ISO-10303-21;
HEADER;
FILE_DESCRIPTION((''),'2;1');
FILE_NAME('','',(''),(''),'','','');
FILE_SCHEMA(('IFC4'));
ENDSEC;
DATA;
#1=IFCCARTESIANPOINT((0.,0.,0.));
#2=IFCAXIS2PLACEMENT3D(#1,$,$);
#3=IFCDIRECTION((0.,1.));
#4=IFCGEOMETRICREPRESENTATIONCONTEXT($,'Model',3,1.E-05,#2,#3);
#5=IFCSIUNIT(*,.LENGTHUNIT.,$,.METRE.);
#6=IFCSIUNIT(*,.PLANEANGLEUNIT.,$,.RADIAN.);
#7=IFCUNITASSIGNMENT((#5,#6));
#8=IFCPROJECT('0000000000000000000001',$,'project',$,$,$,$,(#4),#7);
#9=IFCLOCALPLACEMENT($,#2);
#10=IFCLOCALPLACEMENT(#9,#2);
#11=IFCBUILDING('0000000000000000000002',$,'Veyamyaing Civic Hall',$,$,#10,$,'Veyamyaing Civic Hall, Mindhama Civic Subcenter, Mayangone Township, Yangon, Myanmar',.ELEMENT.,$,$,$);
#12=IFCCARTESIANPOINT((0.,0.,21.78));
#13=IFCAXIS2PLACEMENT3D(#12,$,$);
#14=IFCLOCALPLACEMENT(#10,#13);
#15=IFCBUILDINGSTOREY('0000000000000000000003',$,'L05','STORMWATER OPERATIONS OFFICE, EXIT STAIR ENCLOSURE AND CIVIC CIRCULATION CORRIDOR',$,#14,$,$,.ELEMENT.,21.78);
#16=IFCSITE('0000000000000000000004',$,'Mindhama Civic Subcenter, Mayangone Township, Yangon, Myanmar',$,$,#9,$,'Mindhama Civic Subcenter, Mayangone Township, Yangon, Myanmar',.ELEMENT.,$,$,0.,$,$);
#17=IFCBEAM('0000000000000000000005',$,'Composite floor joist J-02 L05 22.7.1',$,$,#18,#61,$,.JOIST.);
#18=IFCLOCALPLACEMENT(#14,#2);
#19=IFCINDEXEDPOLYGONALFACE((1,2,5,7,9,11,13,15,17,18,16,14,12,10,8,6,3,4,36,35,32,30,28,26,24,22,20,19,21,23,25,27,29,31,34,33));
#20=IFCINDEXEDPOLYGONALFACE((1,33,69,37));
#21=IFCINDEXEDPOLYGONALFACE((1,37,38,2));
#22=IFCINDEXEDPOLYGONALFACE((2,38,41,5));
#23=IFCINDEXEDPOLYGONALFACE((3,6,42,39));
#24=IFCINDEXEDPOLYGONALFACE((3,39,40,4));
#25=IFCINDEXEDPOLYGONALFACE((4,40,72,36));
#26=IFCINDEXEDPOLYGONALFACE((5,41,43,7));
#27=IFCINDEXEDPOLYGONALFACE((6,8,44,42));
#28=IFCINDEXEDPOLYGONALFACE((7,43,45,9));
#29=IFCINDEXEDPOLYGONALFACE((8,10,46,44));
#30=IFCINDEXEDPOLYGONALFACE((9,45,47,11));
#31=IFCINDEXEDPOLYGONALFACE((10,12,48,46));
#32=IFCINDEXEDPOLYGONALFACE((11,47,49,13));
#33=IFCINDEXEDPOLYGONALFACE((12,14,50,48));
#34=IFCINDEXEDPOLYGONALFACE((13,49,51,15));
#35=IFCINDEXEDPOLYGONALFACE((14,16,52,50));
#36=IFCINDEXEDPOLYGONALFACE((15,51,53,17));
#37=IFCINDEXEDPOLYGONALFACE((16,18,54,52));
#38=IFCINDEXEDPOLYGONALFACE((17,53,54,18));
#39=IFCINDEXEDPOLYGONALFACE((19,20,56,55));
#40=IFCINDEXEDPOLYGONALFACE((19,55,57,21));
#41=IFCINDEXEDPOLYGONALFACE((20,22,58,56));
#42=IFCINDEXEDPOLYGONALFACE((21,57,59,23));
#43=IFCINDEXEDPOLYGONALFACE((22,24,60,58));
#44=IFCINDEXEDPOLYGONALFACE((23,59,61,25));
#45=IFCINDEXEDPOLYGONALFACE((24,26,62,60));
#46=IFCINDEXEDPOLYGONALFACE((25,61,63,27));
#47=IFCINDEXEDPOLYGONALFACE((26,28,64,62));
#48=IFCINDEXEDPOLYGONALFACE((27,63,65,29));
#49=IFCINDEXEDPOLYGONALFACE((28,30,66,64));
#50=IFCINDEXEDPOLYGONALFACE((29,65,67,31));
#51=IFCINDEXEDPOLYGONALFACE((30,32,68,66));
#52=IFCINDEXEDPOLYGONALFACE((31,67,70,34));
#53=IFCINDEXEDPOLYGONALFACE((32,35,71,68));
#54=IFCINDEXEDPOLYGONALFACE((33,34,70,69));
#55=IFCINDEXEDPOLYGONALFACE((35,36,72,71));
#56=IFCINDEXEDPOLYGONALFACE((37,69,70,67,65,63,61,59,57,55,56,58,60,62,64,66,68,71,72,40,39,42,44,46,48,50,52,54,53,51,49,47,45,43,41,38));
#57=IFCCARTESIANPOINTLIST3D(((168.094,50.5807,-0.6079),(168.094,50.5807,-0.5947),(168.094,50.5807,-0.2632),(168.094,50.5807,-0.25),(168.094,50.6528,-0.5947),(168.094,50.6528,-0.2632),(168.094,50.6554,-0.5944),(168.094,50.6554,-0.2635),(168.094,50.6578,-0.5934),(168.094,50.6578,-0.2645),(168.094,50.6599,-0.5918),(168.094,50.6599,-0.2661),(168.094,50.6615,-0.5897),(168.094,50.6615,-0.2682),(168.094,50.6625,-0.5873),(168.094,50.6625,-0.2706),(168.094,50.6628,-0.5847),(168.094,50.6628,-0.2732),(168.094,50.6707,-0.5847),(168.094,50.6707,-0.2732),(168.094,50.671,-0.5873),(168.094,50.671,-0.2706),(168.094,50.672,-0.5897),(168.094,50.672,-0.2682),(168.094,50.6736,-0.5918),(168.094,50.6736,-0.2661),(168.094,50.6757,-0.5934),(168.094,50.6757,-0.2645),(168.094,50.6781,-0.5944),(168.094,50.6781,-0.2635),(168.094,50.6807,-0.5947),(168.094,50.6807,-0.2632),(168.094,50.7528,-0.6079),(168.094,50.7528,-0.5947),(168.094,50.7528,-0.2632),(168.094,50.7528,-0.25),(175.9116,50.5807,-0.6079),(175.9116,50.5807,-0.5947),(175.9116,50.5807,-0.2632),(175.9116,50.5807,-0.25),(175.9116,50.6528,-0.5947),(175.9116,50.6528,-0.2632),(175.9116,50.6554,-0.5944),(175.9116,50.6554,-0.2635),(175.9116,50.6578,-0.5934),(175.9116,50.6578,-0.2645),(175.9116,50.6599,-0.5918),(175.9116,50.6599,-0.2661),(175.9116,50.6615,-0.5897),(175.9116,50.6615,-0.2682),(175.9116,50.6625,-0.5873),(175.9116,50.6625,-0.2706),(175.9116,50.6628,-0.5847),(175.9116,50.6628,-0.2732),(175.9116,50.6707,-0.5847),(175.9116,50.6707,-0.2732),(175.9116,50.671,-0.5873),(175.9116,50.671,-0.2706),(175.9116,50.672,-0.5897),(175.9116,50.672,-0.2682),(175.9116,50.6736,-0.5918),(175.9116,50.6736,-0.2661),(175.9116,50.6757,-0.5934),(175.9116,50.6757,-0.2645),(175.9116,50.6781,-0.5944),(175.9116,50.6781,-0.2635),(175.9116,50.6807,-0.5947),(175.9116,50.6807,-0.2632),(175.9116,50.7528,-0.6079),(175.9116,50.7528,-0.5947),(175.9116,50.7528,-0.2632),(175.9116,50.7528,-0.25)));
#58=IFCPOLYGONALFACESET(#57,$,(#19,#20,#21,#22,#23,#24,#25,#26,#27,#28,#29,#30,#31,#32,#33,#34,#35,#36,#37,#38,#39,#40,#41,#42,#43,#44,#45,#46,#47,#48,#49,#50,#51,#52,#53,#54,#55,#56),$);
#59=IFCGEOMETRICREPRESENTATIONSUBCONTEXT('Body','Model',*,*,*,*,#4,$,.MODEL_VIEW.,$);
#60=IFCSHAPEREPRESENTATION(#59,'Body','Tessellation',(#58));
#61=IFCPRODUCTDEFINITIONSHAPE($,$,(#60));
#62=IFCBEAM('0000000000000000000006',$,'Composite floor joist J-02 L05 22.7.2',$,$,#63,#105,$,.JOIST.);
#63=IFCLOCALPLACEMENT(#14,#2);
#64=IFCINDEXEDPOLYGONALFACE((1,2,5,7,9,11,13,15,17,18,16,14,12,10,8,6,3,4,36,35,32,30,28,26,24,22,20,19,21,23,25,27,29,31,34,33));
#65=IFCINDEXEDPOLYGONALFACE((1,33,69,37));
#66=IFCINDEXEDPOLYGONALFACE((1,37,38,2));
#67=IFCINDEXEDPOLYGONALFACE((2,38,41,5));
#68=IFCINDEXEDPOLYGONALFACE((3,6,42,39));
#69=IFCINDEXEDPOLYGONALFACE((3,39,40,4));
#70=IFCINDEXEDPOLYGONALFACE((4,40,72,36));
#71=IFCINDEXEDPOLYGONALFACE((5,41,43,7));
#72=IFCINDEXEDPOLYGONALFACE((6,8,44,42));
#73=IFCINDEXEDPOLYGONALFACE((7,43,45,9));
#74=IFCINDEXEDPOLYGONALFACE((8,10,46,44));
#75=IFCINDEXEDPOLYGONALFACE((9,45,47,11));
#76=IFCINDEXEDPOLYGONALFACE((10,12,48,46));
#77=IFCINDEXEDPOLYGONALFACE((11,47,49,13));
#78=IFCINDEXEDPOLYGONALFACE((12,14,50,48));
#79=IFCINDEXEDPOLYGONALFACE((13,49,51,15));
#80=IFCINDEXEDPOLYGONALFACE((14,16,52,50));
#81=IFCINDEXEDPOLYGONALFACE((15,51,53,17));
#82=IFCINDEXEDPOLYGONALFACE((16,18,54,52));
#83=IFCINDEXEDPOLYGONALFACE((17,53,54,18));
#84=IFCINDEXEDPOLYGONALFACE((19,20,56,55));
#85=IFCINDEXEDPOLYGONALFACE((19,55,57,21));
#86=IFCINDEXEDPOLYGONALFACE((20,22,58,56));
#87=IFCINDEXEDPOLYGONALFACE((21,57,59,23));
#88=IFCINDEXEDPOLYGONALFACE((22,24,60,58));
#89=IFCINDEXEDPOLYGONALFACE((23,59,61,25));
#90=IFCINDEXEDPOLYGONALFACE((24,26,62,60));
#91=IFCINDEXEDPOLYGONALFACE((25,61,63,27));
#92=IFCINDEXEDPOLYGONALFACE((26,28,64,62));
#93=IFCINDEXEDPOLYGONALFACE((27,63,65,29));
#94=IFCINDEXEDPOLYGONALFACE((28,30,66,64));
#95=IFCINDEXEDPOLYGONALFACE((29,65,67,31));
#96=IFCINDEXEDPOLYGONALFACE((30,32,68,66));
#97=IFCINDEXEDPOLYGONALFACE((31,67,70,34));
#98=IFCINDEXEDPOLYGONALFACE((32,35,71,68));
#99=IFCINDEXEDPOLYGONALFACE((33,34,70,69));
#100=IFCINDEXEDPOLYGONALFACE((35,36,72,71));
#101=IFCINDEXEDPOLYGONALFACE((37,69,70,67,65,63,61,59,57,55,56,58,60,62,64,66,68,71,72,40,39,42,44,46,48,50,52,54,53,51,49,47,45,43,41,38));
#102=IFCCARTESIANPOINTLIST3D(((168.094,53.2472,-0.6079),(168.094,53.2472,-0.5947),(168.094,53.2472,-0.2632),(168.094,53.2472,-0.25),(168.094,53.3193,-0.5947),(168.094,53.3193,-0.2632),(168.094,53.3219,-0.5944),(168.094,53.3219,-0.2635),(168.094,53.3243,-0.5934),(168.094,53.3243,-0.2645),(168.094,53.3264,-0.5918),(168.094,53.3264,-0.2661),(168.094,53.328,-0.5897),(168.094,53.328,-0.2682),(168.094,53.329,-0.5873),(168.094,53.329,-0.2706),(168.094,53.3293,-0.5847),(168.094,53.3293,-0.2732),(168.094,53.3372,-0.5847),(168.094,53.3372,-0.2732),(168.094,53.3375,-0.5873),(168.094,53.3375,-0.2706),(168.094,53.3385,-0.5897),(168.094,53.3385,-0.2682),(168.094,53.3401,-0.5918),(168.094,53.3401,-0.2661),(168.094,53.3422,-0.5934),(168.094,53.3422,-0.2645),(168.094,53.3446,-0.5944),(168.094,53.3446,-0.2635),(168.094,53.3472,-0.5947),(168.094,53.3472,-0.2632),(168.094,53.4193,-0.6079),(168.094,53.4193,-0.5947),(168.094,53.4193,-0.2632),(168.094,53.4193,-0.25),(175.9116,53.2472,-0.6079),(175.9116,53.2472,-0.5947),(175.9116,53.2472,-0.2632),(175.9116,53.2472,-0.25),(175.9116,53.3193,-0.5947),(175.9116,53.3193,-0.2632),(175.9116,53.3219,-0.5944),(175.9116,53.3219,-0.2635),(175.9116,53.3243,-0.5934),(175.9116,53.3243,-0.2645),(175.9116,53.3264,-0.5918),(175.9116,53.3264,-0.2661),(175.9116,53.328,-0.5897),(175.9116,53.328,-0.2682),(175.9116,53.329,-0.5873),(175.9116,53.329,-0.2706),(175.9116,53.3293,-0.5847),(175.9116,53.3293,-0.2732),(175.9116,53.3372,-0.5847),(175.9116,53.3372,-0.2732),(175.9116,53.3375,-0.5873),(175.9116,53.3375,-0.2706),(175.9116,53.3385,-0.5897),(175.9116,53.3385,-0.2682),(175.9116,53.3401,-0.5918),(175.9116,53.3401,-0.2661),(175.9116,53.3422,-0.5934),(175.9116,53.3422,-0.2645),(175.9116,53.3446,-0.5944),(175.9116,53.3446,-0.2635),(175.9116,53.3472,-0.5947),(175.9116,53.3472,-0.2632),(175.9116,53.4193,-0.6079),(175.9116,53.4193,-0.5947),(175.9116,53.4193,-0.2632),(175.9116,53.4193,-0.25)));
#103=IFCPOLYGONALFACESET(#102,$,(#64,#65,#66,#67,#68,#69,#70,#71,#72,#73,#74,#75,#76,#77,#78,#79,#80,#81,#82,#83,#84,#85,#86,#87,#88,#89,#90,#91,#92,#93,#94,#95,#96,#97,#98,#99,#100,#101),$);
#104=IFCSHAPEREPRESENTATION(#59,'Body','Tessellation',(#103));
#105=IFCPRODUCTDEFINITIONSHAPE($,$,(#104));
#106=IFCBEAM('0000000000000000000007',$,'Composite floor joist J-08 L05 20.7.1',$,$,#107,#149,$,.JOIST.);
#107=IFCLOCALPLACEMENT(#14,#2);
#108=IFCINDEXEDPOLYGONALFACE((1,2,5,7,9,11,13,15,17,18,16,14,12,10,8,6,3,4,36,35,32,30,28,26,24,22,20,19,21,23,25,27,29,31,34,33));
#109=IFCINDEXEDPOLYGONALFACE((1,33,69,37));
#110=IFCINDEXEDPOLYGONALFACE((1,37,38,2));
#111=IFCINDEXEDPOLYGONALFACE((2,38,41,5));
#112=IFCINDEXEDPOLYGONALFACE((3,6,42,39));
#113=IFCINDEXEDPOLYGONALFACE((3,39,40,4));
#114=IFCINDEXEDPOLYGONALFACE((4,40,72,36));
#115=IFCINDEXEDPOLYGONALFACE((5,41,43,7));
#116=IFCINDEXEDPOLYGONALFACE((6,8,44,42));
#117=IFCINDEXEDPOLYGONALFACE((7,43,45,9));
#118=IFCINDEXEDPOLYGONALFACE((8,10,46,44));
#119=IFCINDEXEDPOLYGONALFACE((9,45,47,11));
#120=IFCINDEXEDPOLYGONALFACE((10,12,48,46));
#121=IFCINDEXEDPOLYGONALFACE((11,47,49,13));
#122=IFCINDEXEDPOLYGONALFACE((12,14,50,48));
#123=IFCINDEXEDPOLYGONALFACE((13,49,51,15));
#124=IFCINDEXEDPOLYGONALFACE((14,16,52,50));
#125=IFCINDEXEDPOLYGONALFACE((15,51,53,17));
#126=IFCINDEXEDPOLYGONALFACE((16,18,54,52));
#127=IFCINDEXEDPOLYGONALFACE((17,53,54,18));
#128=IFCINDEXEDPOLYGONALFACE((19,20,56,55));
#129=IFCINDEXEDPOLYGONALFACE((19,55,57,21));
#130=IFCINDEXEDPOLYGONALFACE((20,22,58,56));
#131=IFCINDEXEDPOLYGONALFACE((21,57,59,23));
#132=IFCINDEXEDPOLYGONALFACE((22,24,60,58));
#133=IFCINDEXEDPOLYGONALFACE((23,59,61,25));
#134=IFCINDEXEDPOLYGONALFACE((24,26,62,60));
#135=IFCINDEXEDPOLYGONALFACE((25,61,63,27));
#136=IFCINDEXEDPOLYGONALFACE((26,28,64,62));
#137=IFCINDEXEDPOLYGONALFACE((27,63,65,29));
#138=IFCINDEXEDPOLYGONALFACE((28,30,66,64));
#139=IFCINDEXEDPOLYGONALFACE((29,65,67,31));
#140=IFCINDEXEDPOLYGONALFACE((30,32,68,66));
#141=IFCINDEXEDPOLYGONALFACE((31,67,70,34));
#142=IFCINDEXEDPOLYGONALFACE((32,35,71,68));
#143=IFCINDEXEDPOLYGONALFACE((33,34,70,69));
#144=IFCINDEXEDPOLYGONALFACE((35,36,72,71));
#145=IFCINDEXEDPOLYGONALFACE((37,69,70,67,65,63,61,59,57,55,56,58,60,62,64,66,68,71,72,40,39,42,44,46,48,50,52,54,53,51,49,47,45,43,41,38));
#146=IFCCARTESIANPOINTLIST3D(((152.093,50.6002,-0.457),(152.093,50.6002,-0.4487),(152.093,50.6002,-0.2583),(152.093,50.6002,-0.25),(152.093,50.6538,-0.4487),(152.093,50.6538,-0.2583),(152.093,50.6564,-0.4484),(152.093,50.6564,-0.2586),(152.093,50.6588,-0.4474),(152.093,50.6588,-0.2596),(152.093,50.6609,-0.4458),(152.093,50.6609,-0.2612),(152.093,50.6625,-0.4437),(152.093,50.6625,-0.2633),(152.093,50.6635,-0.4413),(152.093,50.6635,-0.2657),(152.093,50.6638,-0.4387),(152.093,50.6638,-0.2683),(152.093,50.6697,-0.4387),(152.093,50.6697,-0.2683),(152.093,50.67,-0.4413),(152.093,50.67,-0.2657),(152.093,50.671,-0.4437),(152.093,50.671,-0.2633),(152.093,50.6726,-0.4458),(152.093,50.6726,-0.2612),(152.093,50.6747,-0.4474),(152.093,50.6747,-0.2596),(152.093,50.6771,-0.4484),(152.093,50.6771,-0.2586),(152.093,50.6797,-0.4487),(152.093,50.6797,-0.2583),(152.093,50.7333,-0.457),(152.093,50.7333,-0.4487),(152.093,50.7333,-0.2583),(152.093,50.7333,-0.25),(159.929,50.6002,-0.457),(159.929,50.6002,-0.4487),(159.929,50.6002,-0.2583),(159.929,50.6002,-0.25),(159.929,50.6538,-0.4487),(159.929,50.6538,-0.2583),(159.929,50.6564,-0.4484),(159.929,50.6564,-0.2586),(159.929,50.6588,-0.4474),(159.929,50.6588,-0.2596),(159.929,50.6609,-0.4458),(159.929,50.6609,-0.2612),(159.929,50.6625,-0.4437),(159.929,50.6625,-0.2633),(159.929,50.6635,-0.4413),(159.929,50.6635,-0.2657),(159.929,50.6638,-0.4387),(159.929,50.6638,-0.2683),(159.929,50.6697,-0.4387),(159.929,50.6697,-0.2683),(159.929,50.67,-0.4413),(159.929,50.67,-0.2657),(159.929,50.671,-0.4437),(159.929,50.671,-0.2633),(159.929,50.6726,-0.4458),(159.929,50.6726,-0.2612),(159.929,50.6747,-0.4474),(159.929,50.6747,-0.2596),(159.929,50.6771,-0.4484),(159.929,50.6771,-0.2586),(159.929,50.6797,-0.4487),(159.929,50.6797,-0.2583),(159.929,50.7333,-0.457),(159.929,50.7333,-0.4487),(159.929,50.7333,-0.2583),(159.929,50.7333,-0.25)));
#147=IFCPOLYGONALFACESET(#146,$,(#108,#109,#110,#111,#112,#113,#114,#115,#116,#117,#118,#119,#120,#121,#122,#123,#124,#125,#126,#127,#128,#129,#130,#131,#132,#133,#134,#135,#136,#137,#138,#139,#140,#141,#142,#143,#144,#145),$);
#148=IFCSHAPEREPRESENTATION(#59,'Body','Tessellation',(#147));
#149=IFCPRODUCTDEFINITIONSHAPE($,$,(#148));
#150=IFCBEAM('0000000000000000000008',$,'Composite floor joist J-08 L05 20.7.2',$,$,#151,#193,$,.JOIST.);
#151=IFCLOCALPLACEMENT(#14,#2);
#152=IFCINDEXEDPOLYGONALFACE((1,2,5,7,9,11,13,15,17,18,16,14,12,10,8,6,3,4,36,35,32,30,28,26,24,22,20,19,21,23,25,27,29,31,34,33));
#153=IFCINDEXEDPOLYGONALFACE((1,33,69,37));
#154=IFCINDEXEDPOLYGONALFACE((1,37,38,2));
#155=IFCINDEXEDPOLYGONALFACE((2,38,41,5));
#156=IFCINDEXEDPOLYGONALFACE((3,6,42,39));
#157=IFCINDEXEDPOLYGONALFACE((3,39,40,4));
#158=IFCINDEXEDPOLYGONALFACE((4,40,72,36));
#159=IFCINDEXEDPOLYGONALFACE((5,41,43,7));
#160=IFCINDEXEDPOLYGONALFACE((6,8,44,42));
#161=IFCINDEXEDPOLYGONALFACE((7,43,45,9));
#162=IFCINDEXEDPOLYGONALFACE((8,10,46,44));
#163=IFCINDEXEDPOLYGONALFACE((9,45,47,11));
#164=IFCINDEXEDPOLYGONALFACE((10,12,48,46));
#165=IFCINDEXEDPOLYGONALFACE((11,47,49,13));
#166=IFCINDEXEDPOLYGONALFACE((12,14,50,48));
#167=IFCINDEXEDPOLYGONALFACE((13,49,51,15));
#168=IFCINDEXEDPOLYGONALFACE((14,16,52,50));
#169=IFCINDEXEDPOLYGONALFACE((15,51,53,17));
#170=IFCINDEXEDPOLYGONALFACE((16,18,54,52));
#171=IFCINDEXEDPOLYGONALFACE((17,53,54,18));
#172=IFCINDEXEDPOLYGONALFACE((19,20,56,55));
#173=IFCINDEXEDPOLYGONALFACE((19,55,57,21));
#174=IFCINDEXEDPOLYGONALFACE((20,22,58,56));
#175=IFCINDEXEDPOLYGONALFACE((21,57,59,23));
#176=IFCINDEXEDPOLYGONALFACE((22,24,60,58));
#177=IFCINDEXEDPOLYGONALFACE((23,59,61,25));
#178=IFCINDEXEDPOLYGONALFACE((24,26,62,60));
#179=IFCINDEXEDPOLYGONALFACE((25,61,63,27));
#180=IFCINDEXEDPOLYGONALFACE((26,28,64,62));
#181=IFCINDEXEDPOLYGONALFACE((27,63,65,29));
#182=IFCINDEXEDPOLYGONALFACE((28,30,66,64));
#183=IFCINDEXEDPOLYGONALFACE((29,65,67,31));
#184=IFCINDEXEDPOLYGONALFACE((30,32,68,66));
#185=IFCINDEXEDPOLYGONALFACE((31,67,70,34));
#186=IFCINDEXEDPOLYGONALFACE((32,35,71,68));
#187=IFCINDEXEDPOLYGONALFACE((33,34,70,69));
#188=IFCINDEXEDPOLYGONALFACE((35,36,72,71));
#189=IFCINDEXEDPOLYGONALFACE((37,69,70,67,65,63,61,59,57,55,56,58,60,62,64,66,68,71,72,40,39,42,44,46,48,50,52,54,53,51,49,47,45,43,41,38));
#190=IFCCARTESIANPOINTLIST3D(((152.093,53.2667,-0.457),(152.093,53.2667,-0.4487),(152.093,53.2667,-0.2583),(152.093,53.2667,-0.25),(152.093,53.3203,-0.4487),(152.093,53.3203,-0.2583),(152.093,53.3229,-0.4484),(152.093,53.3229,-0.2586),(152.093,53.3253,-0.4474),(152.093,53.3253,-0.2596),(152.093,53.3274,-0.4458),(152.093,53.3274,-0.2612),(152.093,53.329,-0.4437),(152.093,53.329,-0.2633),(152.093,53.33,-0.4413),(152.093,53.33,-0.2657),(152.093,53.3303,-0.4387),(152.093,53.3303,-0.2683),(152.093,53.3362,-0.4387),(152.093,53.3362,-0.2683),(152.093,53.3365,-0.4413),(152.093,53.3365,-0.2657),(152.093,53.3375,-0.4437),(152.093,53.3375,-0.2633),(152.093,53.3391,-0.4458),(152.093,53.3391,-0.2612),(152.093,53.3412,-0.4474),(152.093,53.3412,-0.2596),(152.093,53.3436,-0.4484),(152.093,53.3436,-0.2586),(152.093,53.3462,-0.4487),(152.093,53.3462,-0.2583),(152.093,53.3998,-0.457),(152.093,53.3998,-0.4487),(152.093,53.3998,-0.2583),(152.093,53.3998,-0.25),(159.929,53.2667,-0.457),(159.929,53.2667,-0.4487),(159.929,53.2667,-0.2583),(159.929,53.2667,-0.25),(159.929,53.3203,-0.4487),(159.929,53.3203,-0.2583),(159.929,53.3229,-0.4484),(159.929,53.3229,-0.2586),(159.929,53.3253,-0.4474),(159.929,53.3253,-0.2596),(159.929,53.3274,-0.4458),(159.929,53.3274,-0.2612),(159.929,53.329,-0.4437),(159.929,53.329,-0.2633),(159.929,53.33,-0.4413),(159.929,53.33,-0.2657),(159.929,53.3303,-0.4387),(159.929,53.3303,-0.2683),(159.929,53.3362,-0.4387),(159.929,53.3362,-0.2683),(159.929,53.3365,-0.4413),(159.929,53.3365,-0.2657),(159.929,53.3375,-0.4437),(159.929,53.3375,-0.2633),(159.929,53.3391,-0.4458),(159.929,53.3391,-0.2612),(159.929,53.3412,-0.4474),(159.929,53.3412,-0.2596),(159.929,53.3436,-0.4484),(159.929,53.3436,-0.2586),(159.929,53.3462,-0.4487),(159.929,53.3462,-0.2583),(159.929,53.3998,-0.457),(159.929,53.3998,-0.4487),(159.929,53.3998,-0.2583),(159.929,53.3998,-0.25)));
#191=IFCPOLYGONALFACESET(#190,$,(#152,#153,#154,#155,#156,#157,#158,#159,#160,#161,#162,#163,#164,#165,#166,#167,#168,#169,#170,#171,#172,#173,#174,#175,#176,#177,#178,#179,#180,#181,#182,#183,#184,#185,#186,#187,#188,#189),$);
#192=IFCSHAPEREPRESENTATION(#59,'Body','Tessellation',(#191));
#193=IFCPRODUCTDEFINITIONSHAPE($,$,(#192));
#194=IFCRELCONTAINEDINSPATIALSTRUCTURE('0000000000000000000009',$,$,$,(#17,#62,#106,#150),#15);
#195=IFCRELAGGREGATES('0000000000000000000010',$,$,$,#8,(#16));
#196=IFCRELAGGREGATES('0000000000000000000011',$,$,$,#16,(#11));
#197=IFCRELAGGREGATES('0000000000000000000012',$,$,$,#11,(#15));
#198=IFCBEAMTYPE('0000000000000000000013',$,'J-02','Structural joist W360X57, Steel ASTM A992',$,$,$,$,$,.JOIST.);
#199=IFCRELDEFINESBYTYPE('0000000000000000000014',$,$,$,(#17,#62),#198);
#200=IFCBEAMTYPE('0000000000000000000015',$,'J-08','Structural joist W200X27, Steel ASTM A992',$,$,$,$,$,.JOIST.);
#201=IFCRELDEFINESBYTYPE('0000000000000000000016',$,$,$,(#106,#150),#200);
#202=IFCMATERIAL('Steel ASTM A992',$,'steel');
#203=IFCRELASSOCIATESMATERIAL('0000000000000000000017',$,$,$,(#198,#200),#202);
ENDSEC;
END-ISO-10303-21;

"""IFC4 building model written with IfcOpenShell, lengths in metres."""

from ifc_helpers import new_model, si_unit, direction, frame, origin, origin_2d, place, context, subcontext, project, spatial, i_section, extrude, material, material_profile, profile_set, type_object, element, save


model = new_model("IFC4")

# Units and contexts
model_context = context("Model", 3, precision=1e-05, world=origin(), true_north=direction((0.0, 1.0)))
body_context = subcontext(model_context, "Body", "Model", "MODEL_VIEW")
ifc_project = project(units=[si_unit("LENGTHUNIT", "METRE"), si_unit("PLANEANGLEUNIT", "RADIAN")], contexts=[model_context])

# Site, building, storey
site_placement = place(None, origin())
site = spatial("IfcSite", under=ifc_project, at=site_placement, Name="Mindhama Civic Subcenter, Mayangone Township, Yangon, Myanmar", LongName="Mindhama Civic Subcenter, Mayangone Township, Yangon, Myanmar", CompositionType="ELEMENT", RefElevation=0.0)
building_placement = place(site_placement, origin())
building = spatial("IfcBuilding", under=site, at=building_placement, Name="Veyamyaing Civic Hall", LongName="Veyamyaing Civic Hall, Mindhama Civic Subcenter, Mayangone Township, Yangon, Myanmar", CompositionType="ELEMENT")
storey_placement = place(building_placement, frame((0.0, 0.0, 21.78)))
storey = spatial("IfcBuildingStorey", under=building, at=storey_placement, Name="L05", Description="STORMWATER OPERATIONS OFFICE, EXIT STAIR ENCLOSURE AND CIVIC CIRCULATION CORRIDOR", CompositionType="ELEMENT", Elevation=21.78)

# Beams
ifc_material = material(Name="Steel ASTM A992", Category="steel")
ifc_material_profile_1 = material_profile(ifc_material, i_section(OverallWidth=0.1721, OverallDepth=0.3579, WebThickness=0.0078, FlangeThickness=0.0132, FilletRadius=0.01, at=origin_2d()), Name="W360X57")
ifc_profile_set_1 = profile_set([ifc_material_profile_1], Name="Steel ASTM A992")
beam_type_1 = type_object("IfcBeamType", Name="J-02", Description="Structural joist W360X57, Steel ASTM A992", PredefinedType="JOIST", material=ifc_profile_set_1)
for number, where, z_axis, x_axis, name in (
    (1, (168.094, 50.6667, -0.429), (1.0, 0.0, 0.0), (0.0, 1.0, 0.0), "Composite floor joist J-02 L05 22.7.1"),
    (2, (168.094, 53.3333, -0.429), (1.0, 0.0, 0.0), (0.0, 1.0, 0.0), "Composite floor joist J-02 L05 22.7.2"),
):
    element("IfcBeam", number, at=place(storey_placement, frame(where, z_axis=z_axis, x_axis=x_axis)), inside=storey, type_object=beam_type_1, Name=name, PredefinedType="JOIST", context=body_context, shape_type="SweptSolid", body=[
        extrude(i_section(OverallWidth=0.1721, OverallDepth=0.3579, WebThickness=0.0078, FlangeThickness=0.0132, FilletRadius=0.01, at=origin_2d()), origin(), (0.0, 0.0, 1.0), 7.8176),
    ])
ifc_material_profile_2 = material_profile(ifc_material, i_section(OverallWidth=0.1331, OverallDepth=0.207, WebThickness=0.0059, FlangeThickness=0.0083, FilletRadius=0.01, at=origin_2d()), Name="W200X27")
ifc_profile_set_2 = profile_set([ifc_material_profile_2], Name="Steel ASTM A992")
beam_type_2 = type_object("IfcBeamType", Name="J-08", Description="Structural joist W200X27, Steel ASTM A992", PredefinedType="JOIST", material=ifc_profile_set_2)
for number, where, z_axis, x_axis, name in (
    (3, (152.093, 50.6667, -0.3535), (1.0, 0.0, 0.0), (0.0, 1.0, 0.0), "Composite floor joist J-08 L05 20.7.1"),
    (4, (152.093, 53.3333, -0.3535), (1.0, 0.0, 0.0), (0.0, 1.0, 0.0), "Composite floor joist J-08 L05 20.7.2"),
):
    element("IfcBeam", number, at=place(storey_placement, frame(where, z_axis=z_axis, x_axis=x_axis)), inside=storey, type_object=beam_type_2, Name=name, PredefinedType="JOIST", context=body_context, shape_type="SweptSolid", body=[
        extrude(i_section(OverallWidth=0.1331, OverallDepth=0.207, WebThickness=0.0059, FlangeThickness=0.0083, FilletRadius=0.01, at=origin_2d()), origin(), (0.0, 0.0, 1.0), 7.8359),
    ])

save(model, "model.ifc")
